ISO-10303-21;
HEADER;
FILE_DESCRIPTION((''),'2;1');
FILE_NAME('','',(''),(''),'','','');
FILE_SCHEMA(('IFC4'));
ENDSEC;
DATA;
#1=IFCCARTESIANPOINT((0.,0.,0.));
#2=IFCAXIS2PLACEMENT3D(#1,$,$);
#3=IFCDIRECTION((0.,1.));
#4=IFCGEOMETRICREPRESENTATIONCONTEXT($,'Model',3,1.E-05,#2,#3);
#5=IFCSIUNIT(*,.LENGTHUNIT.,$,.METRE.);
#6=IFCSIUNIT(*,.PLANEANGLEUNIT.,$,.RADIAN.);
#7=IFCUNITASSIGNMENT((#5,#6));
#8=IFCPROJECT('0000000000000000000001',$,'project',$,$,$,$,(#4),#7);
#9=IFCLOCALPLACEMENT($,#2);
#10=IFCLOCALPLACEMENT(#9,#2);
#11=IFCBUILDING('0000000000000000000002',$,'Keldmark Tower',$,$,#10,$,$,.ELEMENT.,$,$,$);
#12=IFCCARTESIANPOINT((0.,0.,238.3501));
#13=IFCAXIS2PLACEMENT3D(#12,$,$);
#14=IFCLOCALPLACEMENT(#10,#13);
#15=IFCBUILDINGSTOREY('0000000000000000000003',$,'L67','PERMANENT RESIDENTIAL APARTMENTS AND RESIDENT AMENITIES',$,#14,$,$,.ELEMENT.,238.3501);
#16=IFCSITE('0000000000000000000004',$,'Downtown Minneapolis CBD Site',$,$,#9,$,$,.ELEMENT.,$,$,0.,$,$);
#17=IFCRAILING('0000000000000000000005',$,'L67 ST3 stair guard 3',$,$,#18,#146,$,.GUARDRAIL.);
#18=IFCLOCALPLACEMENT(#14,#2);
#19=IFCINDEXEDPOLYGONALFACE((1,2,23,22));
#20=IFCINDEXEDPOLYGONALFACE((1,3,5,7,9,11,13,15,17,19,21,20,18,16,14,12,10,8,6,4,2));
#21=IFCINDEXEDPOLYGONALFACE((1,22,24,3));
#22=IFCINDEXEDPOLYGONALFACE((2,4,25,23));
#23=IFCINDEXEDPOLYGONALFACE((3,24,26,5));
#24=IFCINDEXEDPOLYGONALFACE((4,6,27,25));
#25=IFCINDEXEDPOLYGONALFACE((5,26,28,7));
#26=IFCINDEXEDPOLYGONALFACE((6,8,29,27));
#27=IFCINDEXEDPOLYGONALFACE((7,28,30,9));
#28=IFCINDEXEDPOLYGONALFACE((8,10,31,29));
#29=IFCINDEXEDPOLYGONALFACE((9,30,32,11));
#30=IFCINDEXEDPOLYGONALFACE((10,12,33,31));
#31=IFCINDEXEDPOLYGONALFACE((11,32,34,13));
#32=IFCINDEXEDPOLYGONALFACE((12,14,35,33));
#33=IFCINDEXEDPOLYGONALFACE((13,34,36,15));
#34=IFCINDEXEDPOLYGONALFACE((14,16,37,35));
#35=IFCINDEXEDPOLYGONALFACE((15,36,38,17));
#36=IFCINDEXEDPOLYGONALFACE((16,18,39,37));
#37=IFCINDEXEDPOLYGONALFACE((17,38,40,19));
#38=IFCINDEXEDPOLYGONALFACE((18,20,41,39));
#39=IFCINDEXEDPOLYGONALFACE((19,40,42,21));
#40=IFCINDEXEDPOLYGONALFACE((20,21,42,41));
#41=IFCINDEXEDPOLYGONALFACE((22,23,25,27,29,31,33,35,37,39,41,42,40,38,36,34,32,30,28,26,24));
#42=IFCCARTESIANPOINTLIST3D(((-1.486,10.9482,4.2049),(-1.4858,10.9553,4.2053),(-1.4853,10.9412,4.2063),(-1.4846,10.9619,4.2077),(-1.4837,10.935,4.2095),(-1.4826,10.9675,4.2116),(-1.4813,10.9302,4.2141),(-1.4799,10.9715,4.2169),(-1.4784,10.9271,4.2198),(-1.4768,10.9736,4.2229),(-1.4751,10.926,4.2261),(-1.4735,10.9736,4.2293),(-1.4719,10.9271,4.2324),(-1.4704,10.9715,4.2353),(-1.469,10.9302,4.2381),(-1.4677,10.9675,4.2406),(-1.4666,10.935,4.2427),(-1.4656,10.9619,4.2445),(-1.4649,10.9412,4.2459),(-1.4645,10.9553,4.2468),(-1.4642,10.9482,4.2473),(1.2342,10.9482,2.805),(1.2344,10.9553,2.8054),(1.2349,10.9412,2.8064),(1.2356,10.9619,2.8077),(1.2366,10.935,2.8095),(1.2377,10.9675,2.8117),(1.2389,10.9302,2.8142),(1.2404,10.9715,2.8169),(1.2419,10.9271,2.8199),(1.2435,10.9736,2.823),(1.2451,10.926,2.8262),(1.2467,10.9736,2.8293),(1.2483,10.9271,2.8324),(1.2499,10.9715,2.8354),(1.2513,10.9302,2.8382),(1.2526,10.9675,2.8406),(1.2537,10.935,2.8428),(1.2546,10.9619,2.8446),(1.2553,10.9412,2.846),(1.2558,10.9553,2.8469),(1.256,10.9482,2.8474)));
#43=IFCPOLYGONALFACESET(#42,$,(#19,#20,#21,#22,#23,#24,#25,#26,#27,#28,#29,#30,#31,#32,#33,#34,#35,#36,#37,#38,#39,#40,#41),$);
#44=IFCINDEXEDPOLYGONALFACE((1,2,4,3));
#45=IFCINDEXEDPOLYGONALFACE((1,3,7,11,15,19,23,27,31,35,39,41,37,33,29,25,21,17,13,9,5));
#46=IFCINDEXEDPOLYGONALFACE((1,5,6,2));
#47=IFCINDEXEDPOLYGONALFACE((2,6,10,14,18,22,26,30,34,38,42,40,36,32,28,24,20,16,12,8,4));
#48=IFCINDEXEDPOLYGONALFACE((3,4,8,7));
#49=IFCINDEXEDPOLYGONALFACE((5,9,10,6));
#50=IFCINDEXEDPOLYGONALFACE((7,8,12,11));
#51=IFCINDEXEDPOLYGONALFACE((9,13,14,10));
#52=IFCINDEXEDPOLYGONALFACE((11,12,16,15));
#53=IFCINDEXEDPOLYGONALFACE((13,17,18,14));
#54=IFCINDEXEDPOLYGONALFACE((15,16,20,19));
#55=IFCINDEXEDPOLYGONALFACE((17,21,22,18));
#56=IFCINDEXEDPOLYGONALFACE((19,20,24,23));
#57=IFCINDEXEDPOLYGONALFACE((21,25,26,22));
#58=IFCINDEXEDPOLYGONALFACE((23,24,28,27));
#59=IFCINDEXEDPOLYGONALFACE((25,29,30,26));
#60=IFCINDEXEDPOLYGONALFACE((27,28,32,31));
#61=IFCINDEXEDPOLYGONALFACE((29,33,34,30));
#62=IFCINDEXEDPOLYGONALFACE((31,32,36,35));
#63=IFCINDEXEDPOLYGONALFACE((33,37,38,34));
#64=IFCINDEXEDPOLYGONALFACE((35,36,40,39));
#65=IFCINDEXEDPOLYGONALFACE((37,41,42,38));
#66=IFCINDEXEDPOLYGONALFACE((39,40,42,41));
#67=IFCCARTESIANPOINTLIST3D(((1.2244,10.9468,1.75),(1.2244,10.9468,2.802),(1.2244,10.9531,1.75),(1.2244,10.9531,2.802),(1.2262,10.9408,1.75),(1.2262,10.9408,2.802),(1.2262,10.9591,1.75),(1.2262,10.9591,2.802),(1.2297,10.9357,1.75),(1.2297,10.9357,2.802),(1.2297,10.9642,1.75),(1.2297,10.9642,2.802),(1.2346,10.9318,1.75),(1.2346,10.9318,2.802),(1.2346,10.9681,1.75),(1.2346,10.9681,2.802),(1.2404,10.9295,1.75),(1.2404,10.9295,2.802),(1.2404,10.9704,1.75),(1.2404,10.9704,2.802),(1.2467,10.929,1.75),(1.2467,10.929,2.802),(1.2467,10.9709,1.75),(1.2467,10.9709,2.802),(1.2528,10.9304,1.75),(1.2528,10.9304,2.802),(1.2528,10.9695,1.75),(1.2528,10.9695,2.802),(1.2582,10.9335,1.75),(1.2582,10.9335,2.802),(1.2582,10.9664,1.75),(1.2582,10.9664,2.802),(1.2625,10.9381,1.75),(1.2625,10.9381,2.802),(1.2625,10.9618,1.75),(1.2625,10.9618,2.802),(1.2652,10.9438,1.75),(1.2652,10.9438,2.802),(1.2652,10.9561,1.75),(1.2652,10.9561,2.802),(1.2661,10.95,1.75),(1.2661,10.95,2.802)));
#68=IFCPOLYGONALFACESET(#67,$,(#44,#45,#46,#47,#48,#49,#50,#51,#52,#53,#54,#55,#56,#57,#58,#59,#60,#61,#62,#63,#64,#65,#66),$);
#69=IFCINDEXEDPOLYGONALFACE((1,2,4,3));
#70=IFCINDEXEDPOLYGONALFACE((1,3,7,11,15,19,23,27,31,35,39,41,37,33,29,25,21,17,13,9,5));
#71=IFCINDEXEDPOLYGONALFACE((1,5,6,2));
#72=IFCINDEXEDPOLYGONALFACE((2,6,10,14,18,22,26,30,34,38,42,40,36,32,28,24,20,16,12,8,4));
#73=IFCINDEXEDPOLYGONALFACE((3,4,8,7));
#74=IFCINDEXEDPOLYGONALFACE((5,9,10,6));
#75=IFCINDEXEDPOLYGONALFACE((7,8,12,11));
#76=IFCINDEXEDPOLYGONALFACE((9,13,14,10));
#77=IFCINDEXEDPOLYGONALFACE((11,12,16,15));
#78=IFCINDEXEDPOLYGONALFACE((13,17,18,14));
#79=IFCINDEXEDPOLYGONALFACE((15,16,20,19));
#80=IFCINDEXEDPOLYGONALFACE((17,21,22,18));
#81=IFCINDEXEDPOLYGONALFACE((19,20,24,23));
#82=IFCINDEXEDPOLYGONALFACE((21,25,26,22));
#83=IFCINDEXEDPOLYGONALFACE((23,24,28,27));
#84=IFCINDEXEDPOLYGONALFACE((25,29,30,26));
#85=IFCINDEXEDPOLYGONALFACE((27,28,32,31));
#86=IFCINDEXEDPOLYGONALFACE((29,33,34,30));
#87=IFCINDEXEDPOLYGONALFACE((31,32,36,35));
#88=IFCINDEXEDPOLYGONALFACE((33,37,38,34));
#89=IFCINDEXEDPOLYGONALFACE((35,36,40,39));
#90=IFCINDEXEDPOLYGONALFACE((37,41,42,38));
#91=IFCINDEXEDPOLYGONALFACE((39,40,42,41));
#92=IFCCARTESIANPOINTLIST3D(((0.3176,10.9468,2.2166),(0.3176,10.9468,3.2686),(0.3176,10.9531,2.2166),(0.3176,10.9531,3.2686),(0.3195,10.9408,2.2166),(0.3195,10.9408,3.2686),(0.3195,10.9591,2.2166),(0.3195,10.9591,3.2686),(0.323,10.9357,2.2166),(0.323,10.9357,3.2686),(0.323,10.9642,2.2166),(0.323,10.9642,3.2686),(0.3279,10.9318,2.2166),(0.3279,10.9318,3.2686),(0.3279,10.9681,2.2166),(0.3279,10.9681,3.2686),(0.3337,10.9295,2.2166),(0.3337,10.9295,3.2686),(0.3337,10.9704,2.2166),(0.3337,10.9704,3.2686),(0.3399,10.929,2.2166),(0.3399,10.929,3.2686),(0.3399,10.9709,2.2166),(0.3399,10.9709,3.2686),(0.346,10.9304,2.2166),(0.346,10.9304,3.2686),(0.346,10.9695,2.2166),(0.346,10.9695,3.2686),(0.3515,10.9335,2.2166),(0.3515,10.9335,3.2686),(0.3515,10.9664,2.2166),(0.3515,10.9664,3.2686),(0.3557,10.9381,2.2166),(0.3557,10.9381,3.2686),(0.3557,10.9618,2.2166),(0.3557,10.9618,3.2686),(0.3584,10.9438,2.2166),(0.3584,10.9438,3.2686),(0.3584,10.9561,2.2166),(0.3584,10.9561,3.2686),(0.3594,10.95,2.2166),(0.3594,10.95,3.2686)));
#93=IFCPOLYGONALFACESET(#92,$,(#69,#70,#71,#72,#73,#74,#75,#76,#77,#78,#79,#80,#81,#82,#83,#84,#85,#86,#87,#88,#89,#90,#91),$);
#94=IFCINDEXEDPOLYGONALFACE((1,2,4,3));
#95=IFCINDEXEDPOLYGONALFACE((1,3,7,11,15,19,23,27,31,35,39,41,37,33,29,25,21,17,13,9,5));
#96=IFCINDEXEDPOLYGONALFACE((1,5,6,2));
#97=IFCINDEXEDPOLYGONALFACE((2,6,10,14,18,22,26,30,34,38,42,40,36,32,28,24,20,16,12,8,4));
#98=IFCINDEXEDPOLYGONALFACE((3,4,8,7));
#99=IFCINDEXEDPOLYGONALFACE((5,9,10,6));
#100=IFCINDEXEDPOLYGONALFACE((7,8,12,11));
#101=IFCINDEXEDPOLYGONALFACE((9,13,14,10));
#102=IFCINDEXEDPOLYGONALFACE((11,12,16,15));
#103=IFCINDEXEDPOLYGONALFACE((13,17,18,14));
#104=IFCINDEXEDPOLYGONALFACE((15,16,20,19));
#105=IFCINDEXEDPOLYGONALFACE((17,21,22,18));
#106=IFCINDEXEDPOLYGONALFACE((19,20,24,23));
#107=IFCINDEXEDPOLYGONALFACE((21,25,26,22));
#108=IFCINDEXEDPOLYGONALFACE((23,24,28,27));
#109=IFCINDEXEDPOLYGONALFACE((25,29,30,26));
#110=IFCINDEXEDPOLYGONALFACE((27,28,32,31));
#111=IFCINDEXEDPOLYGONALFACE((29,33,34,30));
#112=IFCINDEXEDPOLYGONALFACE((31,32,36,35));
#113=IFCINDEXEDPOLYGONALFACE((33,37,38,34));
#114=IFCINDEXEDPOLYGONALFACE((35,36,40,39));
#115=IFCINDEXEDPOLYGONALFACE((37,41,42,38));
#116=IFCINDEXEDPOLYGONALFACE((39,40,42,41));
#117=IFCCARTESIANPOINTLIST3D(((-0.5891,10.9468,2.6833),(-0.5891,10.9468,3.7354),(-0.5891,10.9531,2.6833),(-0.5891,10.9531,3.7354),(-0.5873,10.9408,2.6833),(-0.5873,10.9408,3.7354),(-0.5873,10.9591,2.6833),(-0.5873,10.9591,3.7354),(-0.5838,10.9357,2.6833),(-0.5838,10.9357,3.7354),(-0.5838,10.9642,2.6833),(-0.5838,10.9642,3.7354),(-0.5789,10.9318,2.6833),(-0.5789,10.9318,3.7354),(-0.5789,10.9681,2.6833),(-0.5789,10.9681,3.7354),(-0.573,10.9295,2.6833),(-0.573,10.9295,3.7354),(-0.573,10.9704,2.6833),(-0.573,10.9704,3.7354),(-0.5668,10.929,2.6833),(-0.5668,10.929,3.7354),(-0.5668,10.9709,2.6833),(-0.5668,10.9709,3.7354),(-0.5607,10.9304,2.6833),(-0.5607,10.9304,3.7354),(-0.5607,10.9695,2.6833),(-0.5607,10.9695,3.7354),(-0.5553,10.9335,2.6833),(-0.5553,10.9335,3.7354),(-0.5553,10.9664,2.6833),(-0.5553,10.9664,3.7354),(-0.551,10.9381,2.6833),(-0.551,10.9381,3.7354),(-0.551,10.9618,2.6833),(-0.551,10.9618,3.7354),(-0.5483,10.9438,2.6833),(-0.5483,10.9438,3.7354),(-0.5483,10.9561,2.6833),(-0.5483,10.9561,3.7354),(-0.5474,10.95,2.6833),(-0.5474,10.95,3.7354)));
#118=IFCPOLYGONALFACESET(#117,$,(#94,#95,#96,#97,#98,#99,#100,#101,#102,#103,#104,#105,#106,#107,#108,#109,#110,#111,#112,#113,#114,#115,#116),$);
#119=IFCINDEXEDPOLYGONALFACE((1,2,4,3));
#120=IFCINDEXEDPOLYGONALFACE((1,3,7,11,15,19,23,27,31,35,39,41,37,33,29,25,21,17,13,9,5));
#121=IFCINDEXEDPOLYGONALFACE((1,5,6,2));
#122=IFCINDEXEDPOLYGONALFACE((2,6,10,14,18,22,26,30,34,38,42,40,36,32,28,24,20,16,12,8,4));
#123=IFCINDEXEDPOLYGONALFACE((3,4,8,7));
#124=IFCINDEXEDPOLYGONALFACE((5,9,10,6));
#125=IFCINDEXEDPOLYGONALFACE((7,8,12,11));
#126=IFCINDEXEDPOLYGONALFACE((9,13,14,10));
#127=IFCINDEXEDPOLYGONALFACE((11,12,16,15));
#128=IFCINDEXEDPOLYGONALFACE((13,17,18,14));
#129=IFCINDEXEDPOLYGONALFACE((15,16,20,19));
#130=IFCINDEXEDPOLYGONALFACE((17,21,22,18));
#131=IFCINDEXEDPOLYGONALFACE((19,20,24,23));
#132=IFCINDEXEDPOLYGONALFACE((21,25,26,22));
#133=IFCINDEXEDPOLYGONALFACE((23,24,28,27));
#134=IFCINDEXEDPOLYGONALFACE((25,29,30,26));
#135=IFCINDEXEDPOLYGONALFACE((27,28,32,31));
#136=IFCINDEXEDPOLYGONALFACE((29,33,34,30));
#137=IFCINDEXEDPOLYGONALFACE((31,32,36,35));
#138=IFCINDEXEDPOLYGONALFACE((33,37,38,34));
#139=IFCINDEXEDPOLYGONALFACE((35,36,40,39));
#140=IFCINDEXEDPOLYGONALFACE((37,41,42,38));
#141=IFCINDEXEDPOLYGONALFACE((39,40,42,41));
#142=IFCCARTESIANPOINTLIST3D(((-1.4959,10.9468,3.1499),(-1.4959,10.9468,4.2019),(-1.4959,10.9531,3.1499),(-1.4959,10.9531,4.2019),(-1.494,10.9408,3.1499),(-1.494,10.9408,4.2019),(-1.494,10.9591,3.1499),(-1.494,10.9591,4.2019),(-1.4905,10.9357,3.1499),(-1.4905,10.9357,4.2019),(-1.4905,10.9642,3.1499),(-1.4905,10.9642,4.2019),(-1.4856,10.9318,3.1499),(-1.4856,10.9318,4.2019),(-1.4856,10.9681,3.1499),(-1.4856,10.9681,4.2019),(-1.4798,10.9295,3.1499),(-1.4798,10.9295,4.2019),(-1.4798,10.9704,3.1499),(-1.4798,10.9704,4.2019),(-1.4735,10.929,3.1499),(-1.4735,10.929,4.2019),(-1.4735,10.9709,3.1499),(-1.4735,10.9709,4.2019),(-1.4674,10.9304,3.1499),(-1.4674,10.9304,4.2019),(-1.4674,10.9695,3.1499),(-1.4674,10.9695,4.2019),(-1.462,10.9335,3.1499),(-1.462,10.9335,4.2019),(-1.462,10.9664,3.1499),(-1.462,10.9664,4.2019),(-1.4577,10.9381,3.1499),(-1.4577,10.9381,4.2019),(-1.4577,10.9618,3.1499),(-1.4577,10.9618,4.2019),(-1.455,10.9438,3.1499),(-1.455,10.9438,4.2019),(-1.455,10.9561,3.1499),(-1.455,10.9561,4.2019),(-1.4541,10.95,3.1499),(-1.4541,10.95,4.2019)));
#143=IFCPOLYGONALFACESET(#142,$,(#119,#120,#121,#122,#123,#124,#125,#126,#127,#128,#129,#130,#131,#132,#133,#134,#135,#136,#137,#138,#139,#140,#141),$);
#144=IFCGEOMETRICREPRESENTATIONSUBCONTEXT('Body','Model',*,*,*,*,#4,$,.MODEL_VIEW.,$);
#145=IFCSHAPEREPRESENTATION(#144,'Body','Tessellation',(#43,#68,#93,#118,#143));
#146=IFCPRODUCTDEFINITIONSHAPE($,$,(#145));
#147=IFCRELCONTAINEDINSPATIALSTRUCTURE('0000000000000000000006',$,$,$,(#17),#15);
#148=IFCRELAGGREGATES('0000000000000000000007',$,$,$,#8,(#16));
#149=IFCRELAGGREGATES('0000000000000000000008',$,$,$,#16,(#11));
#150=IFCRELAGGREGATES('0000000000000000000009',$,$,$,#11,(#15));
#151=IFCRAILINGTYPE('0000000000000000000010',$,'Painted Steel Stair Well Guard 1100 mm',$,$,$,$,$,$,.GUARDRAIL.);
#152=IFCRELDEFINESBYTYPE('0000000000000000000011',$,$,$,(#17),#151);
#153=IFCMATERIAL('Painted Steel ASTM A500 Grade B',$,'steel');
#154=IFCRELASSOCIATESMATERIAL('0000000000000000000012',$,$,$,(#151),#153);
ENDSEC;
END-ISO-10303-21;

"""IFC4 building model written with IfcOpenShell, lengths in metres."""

from ifc_helpers import new_model, si_unit, direction, frame, origin, origin_2d, place, context, subcontext, project, spatial, circle, extrude, material, type_object, element, save


model = new_model("IFC4")

# Units and contexts
model_context = context("Model", 3, precision=1e-05, world=origin(), true_north=direction((0.0, 1.0)))
body_context = subcontext(model_context, "Body", "Model", "MODEL_VIEW")
ifc_project = project(units=[si_unit("LENGTHUNIT", "METRE"), si_unit("PLANEANGLEUNIT", "RADIAN")], contexts=[model_context])

# Site, building, storey
site_placement = place(None, origin())
site = spatial("IfcSite", under=ifc_project, at=site_placement, Name="Downtown Minneapolis CBD Site", CompositionType="ELEMENT", RefElevation=0.0)
building_placement = place(site_placement, origin())
building = spatial("IfcBuilding", under=site, at=building_placement, Name="Keldmark Tower", CompositionType="ELEMENT")
storey_placement = place(building_placement, frame((0.0, 0.0, 238.3501)))
storey = spatial("IfcBuildingStorey", under=building, at=storey_placement, Name="L67", Description="PERMANENT RESIDENTIAL APARTMENTS AND RESIDENT AMENITIES", CompositionType="ELEMENT", Elevation=238.3501)

# Railing
ifc_material_1 = material(Name="Painted Steel ASTM A500 Grade B", Category="steel")
railing_type_1 = type_object("IfcRailingType", Name="Painted Steel Stair Well Guard 1100 mm", PredefinedType="GUARDRAIL", material=ifc_material_1)
railing_1_placement = place(storey_placement, frame((1.2451, 10.95, 1.75)))
element("IfcRailing", 1, at=railing_1_placement, inside=storey, type_object=railing_type_1, Name="L67 ST3 stair guard 3", PredefinedType="GUARDRAIL", context=body_context, shape_type="SweptSolid", body=[
    extrude(circle(Radius=0.0239, at=origin_2d()), frame((0.0, 0.0, 1.0762), z_axis=(-0.889164, 0.0, 0.45759), x_axis=(0.0, -1.0, 0.0)), (0.0, 0.0, 1.0), 3.0593),
    extrude(circle(Radius=0.021, at=origin_2d()), origin(), (0.0, 0.0, 1.0), 1.052),
    extrude(circle(Radius=0.021, at=origin_2d()), frame((-0.9067, 0.0, 0.4666)), (0.0, 0.0, 1.0), 1.052),
    extrude(circle(Radius=0.021, at=origin_2d()), frame((-1.8135, 0.0, 0.9333)), (0.0, 0.0, 1.0), 1.052),
    extrude(circle(Radius=0.021, at=origin_2d()), frame((-2.7202, 0.0, 1.3999)), (0.0, 0.0, 1.0), 1.052),
])

save(model, "model.ifc")
